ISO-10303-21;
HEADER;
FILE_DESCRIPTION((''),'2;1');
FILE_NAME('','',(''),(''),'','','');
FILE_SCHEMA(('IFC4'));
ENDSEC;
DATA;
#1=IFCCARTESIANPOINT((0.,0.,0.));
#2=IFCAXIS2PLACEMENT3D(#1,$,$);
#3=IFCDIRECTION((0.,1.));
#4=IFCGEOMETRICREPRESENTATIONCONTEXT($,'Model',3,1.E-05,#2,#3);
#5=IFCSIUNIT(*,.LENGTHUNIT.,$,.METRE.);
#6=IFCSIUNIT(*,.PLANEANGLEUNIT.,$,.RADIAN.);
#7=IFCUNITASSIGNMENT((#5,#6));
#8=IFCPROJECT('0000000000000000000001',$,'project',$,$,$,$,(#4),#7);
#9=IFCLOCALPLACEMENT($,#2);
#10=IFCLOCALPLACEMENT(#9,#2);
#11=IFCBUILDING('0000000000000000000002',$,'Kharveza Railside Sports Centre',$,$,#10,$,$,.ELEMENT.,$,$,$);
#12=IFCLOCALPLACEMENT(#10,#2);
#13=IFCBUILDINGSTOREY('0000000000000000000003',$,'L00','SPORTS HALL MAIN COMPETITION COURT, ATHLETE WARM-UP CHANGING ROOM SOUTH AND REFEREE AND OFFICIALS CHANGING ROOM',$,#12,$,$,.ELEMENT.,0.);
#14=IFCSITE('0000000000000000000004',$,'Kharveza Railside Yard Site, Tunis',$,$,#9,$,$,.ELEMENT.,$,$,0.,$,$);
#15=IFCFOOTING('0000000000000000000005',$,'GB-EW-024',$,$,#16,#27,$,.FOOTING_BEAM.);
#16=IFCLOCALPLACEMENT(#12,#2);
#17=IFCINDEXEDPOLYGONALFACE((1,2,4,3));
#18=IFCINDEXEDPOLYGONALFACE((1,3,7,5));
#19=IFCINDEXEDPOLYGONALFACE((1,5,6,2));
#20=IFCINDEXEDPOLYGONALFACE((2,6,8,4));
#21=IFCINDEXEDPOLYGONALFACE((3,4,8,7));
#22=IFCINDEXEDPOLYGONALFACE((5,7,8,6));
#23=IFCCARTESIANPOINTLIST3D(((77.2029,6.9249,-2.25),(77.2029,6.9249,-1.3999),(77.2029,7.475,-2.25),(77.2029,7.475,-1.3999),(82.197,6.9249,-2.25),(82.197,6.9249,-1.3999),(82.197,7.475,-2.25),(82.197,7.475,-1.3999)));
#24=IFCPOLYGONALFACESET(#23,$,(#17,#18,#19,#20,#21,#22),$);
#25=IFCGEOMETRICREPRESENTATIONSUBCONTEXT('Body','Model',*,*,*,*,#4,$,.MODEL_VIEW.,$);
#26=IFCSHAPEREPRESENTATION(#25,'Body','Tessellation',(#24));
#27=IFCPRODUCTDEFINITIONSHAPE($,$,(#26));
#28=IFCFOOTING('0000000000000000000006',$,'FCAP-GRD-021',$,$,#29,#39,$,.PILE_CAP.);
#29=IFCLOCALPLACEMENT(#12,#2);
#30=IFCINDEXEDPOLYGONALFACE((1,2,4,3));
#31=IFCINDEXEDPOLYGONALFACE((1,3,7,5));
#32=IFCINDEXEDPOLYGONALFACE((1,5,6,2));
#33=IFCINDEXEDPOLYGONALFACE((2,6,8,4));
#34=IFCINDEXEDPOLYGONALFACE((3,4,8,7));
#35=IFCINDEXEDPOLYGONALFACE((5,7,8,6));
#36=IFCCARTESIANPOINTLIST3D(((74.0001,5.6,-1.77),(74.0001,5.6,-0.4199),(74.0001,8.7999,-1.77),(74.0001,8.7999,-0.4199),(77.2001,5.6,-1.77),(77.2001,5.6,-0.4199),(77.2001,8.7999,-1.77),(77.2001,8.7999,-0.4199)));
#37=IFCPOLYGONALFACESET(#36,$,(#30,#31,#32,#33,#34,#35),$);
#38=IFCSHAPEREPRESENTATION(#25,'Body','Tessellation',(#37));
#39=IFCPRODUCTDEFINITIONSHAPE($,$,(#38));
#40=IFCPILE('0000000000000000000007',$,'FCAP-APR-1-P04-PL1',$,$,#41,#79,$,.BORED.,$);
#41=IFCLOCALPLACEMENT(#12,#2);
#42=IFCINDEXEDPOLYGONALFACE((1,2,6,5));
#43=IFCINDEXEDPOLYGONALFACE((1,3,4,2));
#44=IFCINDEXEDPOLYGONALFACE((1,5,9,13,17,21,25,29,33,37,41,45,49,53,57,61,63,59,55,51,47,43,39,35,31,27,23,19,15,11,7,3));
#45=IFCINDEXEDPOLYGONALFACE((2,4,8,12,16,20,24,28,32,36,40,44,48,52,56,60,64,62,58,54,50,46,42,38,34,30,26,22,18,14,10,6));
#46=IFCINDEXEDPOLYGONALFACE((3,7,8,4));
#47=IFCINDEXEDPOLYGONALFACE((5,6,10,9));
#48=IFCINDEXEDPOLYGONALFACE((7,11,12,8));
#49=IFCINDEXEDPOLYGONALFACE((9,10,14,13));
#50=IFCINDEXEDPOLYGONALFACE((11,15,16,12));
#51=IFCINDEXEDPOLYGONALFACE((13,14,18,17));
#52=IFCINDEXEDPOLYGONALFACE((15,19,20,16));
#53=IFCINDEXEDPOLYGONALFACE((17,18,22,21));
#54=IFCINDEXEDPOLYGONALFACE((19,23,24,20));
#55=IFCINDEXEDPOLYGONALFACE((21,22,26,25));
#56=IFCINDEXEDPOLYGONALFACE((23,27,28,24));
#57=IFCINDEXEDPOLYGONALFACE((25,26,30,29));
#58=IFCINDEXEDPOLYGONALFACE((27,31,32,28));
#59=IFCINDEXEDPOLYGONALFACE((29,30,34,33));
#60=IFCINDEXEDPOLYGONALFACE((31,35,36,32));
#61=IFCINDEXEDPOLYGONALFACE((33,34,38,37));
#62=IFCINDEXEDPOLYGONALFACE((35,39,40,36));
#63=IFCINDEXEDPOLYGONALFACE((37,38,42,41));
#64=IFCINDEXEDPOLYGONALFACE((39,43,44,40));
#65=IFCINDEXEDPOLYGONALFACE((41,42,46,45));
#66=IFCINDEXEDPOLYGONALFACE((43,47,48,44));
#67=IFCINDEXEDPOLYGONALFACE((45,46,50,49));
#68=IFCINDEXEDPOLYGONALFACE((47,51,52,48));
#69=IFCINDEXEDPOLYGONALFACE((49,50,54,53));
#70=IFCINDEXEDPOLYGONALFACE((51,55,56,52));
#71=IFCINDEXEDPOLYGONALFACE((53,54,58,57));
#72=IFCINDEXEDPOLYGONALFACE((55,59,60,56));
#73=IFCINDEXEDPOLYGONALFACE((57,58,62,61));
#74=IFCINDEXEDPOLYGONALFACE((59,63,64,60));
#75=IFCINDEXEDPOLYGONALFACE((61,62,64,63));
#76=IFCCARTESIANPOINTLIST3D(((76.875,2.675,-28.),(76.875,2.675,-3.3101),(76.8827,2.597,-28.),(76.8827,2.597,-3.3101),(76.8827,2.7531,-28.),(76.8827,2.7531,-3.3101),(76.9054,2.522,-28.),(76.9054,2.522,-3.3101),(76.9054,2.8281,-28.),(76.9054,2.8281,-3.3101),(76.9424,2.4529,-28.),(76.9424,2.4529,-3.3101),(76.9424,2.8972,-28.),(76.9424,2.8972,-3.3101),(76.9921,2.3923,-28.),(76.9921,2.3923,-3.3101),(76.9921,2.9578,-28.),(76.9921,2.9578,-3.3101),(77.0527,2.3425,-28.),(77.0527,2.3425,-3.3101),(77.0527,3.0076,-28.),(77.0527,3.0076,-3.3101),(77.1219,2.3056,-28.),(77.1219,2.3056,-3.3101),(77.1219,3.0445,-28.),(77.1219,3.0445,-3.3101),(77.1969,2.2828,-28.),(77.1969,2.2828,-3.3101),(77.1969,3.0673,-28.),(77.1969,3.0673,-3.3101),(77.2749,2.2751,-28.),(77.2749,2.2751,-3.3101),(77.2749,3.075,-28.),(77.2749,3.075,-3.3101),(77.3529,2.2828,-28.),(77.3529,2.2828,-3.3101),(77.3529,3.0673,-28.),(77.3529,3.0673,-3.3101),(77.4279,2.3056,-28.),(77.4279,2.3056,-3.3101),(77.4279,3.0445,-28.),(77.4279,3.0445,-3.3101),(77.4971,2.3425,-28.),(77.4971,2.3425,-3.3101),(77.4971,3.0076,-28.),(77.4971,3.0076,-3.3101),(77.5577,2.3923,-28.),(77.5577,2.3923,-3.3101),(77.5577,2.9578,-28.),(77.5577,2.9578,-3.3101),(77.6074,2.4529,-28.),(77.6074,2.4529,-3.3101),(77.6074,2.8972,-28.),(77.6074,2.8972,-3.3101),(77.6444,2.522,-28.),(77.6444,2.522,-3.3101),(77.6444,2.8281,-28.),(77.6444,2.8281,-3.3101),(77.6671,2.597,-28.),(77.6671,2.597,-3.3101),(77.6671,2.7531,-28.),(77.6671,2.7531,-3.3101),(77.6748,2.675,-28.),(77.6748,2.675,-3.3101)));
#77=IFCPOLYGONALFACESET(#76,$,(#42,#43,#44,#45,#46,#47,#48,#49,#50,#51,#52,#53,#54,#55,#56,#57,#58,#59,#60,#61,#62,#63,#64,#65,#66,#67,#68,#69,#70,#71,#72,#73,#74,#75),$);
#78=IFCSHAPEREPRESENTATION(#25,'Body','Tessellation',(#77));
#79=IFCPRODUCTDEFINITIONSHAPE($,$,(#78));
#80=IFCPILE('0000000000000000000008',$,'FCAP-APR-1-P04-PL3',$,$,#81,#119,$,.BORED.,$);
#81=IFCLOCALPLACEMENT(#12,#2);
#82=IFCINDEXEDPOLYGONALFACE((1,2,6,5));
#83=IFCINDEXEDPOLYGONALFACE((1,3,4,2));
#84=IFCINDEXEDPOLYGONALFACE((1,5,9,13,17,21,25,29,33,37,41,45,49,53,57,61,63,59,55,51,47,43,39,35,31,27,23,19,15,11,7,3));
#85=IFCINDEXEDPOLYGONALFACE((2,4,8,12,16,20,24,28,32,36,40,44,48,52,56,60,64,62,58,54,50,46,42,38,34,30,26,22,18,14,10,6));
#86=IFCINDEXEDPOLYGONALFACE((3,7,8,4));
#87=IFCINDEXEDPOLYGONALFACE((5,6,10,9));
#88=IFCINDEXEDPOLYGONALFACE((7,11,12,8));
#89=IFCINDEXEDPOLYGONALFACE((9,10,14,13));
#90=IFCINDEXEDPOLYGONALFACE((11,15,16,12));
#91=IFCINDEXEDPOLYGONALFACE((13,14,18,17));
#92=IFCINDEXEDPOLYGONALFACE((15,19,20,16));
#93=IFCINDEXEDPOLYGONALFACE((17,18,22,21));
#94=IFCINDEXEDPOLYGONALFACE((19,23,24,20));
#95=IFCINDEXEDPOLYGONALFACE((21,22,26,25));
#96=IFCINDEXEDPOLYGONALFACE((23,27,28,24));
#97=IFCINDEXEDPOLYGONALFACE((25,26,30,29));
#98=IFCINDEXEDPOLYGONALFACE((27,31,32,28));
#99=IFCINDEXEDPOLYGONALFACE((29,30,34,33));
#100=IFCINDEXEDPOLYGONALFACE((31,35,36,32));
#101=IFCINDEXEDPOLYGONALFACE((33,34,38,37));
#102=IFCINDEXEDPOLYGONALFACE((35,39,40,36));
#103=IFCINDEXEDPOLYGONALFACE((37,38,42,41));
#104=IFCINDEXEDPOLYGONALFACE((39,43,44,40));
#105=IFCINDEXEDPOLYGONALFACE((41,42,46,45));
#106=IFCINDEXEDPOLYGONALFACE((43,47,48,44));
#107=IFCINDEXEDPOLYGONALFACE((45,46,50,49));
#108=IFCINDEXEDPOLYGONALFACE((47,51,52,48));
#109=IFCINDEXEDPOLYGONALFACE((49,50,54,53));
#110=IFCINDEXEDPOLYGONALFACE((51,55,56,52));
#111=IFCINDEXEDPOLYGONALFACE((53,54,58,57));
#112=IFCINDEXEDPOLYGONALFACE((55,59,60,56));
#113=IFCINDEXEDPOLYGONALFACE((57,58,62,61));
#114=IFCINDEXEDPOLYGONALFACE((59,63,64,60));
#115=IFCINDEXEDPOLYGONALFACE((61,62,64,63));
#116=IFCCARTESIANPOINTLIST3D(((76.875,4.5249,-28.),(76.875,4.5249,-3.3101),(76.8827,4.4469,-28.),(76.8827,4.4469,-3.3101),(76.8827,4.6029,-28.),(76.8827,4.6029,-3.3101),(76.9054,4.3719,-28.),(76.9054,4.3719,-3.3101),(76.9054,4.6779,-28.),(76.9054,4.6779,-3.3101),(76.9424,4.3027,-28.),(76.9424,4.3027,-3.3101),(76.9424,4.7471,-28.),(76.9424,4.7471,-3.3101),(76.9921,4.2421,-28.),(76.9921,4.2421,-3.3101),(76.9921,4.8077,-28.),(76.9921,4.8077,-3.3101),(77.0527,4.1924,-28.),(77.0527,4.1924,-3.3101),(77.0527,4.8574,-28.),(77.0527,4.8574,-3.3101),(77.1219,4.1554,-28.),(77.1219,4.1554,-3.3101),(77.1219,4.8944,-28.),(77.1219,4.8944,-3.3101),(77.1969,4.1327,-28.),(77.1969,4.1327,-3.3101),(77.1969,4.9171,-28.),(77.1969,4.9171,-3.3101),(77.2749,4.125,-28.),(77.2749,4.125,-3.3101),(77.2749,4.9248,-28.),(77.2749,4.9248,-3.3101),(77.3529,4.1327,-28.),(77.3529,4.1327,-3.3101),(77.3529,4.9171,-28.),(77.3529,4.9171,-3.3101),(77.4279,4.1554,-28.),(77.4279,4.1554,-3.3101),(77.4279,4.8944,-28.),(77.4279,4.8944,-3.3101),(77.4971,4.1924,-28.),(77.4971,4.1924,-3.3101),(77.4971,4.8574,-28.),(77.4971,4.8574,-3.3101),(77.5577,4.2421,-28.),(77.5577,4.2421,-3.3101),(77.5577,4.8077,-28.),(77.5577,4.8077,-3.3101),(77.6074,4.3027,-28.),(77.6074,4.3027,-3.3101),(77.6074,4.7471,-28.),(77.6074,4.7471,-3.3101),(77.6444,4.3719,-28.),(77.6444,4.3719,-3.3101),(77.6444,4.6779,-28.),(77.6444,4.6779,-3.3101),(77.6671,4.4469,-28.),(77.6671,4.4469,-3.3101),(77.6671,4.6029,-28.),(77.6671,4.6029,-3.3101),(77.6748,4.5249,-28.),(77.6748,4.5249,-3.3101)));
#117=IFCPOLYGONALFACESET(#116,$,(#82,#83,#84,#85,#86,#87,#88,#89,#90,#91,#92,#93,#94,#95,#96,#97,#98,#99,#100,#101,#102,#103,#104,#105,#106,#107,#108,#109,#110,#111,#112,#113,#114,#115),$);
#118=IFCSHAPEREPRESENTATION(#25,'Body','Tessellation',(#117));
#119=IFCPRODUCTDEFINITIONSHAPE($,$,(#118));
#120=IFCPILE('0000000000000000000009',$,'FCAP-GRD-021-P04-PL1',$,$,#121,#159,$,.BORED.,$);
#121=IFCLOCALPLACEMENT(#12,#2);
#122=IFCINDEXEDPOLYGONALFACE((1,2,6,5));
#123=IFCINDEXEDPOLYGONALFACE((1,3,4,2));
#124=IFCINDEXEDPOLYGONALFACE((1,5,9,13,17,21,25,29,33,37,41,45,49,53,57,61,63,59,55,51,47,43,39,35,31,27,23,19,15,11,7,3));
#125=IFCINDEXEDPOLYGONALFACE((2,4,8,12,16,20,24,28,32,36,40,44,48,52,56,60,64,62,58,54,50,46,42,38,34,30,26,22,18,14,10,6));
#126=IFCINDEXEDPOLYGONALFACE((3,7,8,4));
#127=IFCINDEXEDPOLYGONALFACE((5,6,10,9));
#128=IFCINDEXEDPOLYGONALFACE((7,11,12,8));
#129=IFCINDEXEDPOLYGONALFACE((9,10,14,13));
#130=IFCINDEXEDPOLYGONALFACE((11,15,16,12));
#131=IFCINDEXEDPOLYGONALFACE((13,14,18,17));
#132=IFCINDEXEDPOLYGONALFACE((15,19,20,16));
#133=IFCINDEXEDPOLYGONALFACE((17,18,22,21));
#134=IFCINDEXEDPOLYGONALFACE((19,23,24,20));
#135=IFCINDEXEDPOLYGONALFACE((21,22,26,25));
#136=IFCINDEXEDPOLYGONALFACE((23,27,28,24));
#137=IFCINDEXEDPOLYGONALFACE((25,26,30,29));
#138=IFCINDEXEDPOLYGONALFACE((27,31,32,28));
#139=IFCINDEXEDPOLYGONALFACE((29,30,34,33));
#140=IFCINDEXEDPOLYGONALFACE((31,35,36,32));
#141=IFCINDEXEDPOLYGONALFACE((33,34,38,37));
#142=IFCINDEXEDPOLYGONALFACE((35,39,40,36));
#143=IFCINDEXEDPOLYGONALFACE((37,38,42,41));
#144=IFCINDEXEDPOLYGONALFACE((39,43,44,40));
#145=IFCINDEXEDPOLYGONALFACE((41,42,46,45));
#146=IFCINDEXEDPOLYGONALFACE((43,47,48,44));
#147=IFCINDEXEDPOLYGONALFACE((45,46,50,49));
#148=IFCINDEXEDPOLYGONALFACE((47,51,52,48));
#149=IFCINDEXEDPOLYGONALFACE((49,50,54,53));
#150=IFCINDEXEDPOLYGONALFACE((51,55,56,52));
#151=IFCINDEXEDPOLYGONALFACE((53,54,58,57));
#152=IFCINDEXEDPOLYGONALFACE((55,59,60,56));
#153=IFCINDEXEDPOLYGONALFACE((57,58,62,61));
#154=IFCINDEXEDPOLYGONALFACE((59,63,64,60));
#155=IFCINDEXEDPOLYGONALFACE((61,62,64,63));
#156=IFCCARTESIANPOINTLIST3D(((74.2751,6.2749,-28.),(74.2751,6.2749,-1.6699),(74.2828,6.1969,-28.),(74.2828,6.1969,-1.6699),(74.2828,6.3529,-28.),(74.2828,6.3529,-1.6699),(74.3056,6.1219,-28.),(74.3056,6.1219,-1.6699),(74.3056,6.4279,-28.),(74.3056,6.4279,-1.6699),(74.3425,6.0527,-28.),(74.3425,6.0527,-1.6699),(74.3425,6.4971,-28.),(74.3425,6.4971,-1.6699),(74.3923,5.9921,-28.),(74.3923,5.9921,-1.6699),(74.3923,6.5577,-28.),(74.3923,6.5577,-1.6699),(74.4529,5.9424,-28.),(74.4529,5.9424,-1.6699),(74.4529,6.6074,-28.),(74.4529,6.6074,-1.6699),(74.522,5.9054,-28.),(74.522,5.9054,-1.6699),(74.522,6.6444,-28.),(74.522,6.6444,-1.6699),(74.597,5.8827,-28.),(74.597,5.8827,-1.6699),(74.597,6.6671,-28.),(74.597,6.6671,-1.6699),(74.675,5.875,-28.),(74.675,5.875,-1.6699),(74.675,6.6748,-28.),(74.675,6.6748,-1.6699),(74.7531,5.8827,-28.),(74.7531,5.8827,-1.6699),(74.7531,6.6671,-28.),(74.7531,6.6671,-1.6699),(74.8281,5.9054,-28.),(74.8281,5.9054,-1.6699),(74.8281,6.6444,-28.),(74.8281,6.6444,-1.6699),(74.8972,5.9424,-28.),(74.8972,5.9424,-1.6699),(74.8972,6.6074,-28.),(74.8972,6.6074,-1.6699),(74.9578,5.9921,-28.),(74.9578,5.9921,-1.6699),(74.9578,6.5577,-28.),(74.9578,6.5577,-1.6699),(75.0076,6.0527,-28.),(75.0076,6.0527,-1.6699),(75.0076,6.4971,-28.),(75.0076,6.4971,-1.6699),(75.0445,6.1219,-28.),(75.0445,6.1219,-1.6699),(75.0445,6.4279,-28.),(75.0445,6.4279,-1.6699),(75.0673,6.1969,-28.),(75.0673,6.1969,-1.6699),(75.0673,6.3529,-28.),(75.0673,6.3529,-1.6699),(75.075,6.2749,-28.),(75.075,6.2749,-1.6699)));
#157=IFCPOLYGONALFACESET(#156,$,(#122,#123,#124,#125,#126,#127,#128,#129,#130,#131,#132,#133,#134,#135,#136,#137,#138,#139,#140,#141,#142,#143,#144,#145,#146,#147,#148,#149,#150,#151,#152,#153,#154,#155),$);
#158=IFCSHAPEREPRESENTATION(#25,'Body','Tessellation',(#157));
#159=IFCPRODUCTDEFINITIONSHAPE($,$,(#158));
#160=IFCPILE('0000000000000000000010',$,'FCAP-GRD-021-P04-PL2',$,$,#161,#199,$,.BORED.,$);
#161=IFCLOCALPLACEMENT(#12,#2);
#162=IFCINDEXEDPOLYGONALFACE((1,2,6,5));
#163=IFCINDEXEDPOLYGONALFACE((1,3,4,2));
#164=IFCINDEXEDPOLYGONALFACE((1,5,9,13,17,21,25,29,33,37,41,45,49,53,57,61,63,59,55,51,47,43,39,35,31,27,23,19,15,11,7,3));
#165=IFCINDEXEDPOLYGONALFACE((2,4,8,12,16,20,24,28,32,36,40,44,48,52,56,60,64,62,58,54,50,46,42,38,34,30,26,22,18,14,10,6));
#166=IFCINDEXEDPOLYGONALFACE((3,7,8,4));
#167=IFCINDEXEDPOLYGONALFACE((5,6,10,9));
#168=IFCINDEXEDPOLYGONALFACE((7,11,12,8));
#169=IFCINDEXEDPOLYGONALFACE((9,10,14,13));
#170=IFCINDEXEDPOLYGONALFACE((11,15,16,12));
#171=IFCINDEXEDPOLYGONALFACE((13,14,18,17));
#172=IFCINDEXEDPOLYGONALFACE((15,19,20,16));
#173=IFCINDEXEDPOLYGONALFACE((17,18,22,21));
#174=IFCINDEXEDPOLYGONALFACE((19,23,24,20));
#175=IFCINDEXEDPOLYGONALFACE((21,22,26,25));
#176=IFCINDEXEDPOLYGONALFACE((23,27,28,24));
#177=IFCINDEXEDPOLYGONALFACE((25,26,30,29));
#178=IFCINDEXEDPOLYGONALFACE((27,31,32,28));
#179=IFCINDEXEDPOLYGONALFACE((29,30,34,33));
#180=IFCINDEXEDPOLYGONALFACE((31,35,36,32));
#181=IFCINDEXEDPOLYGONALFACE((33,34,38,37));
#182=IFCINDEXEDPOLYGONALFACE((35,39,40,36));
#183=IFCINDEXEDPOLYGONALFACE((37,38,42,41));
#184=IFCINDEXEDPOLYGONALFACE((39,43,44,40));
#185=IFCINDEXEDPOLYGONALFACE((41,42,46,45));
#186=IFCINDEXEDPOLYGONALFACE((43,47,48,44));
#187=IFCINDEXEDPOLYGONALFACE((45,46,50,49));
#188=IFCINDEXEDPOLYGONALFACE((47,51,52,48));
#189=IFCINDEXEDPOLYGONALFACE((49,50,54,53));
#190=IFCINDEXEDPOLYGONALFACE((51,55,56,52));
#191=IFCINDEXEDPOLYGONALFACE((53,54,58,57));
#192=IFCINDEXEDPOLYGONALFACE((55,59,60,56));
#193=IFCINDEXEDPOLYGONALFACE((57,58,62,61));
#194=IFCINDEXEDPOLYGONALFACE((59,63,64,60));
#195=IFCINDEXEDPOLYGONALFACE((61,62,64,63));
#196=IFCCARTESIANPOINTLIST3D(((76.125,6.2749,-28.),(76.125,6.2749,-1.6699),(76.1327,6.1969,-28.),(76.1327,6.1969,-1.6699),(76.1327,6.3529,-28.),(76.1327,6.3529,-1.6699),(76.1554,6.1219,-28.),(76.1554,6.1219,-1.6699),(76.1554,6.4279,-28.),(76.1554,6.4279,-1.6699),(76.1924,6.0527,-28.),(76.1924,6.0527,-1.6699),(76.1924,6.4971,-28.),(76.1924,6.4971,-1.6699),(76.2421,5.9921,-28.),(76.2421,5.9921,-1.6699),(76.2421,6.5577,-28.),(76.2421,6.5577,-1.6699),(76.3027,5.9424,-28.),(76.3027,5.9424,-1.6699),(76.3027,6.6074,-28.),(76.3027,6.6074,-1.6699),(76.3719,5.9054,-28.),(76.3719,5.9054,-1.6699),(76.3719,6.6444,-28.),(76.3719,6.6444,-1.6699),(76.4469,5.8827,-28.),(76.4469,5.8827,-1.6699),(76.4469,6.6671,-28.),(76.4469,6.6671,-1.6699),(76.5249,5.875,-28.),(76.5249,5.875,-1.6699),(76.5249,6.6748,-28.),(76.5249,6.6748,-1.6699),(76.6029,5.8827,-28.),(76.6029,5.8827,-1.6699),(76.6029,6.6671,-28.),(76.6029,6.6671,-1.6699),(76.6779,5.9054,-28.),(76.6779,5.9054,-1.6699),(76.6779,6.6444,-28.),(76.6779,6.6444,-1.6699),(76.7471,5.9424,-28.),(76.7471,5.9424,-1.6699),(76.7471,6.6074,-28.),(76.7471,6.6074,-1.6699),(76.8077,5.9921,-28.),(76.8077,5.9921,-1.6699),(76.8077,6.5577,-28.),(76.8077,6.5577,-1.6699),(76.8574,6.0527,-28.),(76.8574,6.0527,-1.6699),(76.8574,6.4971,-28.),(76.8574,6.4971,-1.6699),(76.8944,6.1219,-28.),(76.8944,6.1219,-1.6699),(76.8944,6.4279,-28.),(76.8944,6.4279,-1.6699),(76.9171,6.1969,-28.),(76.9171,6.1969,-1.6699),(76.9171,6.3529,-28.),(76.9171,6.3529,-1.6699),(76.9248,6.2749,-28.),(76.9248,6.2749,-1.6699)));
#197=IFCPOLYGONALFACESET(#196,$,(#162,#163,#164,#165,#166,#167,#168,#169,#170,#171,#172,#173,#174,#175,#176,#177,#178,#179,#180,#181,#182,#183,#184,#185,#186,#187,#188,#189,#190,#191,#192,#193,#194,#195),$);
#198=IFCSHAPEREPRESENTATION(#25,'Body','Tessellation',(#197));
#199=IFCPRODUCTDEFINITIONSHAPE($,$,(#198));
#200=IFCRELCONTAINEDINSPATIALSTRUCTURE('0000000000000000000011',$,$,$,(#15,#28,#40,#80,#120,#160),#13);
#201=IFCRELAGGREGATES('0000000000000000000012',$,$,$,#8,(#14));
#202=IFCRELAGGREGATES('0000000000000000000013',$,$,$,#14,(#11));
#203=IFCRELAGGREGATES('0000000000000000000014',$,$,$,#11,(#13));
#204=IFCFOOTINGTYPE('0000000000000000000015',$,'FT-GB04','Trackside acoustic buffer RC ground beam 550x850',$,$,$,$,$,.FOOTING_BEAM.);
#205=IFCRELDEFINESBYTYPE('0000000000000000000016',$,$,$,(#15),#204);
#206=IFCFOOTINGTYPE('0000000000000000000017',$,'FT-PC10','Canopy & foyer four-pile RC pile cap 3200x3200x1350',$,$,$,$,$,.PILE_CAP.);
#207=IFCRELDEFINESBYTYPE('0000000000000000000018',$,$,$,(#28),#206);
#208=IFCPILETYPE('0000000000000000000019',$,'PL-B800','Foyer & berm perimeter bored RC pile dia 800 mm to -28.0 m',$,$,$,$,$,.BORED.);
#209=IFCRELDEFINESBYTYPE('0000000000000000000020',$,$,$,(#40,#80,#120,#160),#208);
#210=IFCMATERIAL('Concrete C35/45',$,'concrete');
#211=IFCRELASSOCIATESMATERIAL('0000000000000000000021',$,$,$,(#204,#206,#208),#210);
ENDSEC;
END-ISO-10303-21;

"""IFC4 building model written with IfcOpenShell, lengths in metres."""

from ifc_helpers import new_model, si_unit, direction, frame, origin, origin_2d, place, context, subcontext, project, spatial, rectangle, circle, extrude, material, material_profile, profile_set, type_object, element, save


model = new_model("IFC4")

# Units and contexts
model_context = context("Model", 3, precision=1e-05, world=origin(), true_north=direction((0.0, 1.0)))
body_context = subcontext(model_context, "Body", "Model", "MODEL_VIEW")
ifc_project = project(units=[si_unit("LENGTHUNIT", "METRE"), si_unit("PLANEANGLEUNIT", "RADIAN")], contexts=[model_context])

# Site, building, storey
site_placement = place(None, origin())
site = spatial("IfcSite", under=ifc_project, at=site_placement, Name="Kharveza Railside Yard Site, Tunis", CompositionType="ELEMENT", RefElevation=0.0)
building_placement = place(site_placement, origin())
building = spatial("IfcBuilding", under=site, at=building_placement, Name="Kharveza Railside Sports Centre", CompositionType="ELEMENT")
storey_placement = place(building_placement, origin())
storey = spatial("IfcBuildingStorey", under=building, at=storey_placement, Name="L00", Description="SPORTS HALL MAIN COMPETITION COURT, ATHLETE WARM-UP CHANGING ROOM SOUTH AND REFEREE AND OFFICIALS CHANGING ROOM", CompositionType="ELEMENT", Elevation=0.0)

# Footings
ifc_material_1 = material(Name="Concrete C35/45", Category="concrete")
ifc_material_profile_1 = material_profile(ifc_material_1, rectangle(XDim=0.55, YDim=0.8501, at=origin_2d()), Name="GB 550x850")
ifc_profile_set_1 = profile_set([ifc_material_profile_1], Name="Concrete C35/45")
footing_type_1 = type_object("IfcFootingType", Name="FT-GB04", Description="Trackside acoustic buffer RC ground beam 550x850", PredefinedType="FOOTING_BEAM", material=ifc_profile_set_1)
footing_1_placement = place(storey_placement, frame((77.2029, 7.2, -1.825), z_axis=(1.0, 0.0, 0.0), x_axis=(0.0, 1.0, 0.0)))
element("IfcFooting", 1, at=footing_1_placement, inside=storey, type_object=footing_type_1, Name="GB-EW-024", PredefinedType="FOOTING_BEAM", context=body_context, shape_type="SweptSolid", body=[
    extrude(rectangle(XDim=0.55, YDim=0.8501, at=origin_2d()), origin(), (0.0, 0.0, 1.0), 4.9941),
])
footing_type_2 = type_object("IfcFootingType", Name="FT-PC10", Description="Canopy & foyer four-pile RC pile cap 3200x3200x1350", PredefinedType="PILE_CAP", material=ifc_material_1)
footing_2_placement = place(storey_placement, frame((75.6001, 7.2, -1.77), z_axis=(0.0, 0.0, 1.0), x_axis=(1.0, 0.0, 0.0)))
element("IfcFooting", 2, at=footing_2_placement, inside=storey, type_object=footing_type_2, Name="FCAP-GRD-021", PredefinedType="PILE_CAP", context=body_context, shape_type="SweptSolid", body=[
    extrude(rectangle(XDim=3.2, YDim=3.2, at=origin_2d()), origin(), (0.0, 0.0, 1.0), 1.3501),
])

# Piles
ifc_material_profile_2 = material_profile(ifc_material_1, circle(Radius=0.3999, at=origin_2d()), Name="PILE D800")
ifc_profile_set_2 = profile_set([ifc_material_profile_2], Name="Concrete C35/45")
pile_type = type_object("IfcPileType", Name="PL-B800", Description="Foyer & berm perimeter bored RC pile dia 800 mm to -28.0 m", PredefinedType="BORED", material=ifc_profile_set_2)
for number, where, z_axis, x_axis, name in (
    (3, (77.2749, 2.675, -3.3101), (0.0, 0.0, -1.0), (1.0, 0.0, 0.0), "FCAP-APR-1-P04-PL1"),
    (4, (77.2749, 4.5249, -3.3101), (0.0, 0.0, -1.0), (1.0, 0.0, 0.0), "FCAP-APR-1-P04-PL3"),
):
    element("IfcPile", number, at=place(storey_placement, frame(where, z_axis=z_axis, x_axis=x_axis)), inside=storey, type_object=pile_type, Name=name, PredefinedType="BORED", context=body_context, shape_type="SweptSolid", body=[
        extrude(circle(Radius=0.3999, at=origin_2d()), origin(), (0.0, 0.0, 1.0), 24.6899),
    ])
for number, where, z_axis, x_axis, name in (
    (5, (74.675, 6.2749, -1.6699), (0.0, 0.0, -1.0), (1.0, 0.0, 0.0), "FCAP-GRD-021-P04-PL1"),
    (6, (76.5249, 6.2749, -1.6699), (0.0, 0.0, -1.0), (1.0, 0.0, 0.0), "FCAP-GRD-021-P04-PL2"),
):
    element("IfcPile", number, at=place(storey_placement, frame(where, z_axis=z_axis, x_axis=x_axis)), inside=storey, type_object=pile_type, Name=name, PredefinedType="BORED", context=body_context, shape_type="SweptSolid", body=[
        extrude(circle(Radius=0.3999, at=origin_2d()), origin(), (0.0, 0.0, 1.0), 26.3301),
    ])

save(model, "model.ifc")
